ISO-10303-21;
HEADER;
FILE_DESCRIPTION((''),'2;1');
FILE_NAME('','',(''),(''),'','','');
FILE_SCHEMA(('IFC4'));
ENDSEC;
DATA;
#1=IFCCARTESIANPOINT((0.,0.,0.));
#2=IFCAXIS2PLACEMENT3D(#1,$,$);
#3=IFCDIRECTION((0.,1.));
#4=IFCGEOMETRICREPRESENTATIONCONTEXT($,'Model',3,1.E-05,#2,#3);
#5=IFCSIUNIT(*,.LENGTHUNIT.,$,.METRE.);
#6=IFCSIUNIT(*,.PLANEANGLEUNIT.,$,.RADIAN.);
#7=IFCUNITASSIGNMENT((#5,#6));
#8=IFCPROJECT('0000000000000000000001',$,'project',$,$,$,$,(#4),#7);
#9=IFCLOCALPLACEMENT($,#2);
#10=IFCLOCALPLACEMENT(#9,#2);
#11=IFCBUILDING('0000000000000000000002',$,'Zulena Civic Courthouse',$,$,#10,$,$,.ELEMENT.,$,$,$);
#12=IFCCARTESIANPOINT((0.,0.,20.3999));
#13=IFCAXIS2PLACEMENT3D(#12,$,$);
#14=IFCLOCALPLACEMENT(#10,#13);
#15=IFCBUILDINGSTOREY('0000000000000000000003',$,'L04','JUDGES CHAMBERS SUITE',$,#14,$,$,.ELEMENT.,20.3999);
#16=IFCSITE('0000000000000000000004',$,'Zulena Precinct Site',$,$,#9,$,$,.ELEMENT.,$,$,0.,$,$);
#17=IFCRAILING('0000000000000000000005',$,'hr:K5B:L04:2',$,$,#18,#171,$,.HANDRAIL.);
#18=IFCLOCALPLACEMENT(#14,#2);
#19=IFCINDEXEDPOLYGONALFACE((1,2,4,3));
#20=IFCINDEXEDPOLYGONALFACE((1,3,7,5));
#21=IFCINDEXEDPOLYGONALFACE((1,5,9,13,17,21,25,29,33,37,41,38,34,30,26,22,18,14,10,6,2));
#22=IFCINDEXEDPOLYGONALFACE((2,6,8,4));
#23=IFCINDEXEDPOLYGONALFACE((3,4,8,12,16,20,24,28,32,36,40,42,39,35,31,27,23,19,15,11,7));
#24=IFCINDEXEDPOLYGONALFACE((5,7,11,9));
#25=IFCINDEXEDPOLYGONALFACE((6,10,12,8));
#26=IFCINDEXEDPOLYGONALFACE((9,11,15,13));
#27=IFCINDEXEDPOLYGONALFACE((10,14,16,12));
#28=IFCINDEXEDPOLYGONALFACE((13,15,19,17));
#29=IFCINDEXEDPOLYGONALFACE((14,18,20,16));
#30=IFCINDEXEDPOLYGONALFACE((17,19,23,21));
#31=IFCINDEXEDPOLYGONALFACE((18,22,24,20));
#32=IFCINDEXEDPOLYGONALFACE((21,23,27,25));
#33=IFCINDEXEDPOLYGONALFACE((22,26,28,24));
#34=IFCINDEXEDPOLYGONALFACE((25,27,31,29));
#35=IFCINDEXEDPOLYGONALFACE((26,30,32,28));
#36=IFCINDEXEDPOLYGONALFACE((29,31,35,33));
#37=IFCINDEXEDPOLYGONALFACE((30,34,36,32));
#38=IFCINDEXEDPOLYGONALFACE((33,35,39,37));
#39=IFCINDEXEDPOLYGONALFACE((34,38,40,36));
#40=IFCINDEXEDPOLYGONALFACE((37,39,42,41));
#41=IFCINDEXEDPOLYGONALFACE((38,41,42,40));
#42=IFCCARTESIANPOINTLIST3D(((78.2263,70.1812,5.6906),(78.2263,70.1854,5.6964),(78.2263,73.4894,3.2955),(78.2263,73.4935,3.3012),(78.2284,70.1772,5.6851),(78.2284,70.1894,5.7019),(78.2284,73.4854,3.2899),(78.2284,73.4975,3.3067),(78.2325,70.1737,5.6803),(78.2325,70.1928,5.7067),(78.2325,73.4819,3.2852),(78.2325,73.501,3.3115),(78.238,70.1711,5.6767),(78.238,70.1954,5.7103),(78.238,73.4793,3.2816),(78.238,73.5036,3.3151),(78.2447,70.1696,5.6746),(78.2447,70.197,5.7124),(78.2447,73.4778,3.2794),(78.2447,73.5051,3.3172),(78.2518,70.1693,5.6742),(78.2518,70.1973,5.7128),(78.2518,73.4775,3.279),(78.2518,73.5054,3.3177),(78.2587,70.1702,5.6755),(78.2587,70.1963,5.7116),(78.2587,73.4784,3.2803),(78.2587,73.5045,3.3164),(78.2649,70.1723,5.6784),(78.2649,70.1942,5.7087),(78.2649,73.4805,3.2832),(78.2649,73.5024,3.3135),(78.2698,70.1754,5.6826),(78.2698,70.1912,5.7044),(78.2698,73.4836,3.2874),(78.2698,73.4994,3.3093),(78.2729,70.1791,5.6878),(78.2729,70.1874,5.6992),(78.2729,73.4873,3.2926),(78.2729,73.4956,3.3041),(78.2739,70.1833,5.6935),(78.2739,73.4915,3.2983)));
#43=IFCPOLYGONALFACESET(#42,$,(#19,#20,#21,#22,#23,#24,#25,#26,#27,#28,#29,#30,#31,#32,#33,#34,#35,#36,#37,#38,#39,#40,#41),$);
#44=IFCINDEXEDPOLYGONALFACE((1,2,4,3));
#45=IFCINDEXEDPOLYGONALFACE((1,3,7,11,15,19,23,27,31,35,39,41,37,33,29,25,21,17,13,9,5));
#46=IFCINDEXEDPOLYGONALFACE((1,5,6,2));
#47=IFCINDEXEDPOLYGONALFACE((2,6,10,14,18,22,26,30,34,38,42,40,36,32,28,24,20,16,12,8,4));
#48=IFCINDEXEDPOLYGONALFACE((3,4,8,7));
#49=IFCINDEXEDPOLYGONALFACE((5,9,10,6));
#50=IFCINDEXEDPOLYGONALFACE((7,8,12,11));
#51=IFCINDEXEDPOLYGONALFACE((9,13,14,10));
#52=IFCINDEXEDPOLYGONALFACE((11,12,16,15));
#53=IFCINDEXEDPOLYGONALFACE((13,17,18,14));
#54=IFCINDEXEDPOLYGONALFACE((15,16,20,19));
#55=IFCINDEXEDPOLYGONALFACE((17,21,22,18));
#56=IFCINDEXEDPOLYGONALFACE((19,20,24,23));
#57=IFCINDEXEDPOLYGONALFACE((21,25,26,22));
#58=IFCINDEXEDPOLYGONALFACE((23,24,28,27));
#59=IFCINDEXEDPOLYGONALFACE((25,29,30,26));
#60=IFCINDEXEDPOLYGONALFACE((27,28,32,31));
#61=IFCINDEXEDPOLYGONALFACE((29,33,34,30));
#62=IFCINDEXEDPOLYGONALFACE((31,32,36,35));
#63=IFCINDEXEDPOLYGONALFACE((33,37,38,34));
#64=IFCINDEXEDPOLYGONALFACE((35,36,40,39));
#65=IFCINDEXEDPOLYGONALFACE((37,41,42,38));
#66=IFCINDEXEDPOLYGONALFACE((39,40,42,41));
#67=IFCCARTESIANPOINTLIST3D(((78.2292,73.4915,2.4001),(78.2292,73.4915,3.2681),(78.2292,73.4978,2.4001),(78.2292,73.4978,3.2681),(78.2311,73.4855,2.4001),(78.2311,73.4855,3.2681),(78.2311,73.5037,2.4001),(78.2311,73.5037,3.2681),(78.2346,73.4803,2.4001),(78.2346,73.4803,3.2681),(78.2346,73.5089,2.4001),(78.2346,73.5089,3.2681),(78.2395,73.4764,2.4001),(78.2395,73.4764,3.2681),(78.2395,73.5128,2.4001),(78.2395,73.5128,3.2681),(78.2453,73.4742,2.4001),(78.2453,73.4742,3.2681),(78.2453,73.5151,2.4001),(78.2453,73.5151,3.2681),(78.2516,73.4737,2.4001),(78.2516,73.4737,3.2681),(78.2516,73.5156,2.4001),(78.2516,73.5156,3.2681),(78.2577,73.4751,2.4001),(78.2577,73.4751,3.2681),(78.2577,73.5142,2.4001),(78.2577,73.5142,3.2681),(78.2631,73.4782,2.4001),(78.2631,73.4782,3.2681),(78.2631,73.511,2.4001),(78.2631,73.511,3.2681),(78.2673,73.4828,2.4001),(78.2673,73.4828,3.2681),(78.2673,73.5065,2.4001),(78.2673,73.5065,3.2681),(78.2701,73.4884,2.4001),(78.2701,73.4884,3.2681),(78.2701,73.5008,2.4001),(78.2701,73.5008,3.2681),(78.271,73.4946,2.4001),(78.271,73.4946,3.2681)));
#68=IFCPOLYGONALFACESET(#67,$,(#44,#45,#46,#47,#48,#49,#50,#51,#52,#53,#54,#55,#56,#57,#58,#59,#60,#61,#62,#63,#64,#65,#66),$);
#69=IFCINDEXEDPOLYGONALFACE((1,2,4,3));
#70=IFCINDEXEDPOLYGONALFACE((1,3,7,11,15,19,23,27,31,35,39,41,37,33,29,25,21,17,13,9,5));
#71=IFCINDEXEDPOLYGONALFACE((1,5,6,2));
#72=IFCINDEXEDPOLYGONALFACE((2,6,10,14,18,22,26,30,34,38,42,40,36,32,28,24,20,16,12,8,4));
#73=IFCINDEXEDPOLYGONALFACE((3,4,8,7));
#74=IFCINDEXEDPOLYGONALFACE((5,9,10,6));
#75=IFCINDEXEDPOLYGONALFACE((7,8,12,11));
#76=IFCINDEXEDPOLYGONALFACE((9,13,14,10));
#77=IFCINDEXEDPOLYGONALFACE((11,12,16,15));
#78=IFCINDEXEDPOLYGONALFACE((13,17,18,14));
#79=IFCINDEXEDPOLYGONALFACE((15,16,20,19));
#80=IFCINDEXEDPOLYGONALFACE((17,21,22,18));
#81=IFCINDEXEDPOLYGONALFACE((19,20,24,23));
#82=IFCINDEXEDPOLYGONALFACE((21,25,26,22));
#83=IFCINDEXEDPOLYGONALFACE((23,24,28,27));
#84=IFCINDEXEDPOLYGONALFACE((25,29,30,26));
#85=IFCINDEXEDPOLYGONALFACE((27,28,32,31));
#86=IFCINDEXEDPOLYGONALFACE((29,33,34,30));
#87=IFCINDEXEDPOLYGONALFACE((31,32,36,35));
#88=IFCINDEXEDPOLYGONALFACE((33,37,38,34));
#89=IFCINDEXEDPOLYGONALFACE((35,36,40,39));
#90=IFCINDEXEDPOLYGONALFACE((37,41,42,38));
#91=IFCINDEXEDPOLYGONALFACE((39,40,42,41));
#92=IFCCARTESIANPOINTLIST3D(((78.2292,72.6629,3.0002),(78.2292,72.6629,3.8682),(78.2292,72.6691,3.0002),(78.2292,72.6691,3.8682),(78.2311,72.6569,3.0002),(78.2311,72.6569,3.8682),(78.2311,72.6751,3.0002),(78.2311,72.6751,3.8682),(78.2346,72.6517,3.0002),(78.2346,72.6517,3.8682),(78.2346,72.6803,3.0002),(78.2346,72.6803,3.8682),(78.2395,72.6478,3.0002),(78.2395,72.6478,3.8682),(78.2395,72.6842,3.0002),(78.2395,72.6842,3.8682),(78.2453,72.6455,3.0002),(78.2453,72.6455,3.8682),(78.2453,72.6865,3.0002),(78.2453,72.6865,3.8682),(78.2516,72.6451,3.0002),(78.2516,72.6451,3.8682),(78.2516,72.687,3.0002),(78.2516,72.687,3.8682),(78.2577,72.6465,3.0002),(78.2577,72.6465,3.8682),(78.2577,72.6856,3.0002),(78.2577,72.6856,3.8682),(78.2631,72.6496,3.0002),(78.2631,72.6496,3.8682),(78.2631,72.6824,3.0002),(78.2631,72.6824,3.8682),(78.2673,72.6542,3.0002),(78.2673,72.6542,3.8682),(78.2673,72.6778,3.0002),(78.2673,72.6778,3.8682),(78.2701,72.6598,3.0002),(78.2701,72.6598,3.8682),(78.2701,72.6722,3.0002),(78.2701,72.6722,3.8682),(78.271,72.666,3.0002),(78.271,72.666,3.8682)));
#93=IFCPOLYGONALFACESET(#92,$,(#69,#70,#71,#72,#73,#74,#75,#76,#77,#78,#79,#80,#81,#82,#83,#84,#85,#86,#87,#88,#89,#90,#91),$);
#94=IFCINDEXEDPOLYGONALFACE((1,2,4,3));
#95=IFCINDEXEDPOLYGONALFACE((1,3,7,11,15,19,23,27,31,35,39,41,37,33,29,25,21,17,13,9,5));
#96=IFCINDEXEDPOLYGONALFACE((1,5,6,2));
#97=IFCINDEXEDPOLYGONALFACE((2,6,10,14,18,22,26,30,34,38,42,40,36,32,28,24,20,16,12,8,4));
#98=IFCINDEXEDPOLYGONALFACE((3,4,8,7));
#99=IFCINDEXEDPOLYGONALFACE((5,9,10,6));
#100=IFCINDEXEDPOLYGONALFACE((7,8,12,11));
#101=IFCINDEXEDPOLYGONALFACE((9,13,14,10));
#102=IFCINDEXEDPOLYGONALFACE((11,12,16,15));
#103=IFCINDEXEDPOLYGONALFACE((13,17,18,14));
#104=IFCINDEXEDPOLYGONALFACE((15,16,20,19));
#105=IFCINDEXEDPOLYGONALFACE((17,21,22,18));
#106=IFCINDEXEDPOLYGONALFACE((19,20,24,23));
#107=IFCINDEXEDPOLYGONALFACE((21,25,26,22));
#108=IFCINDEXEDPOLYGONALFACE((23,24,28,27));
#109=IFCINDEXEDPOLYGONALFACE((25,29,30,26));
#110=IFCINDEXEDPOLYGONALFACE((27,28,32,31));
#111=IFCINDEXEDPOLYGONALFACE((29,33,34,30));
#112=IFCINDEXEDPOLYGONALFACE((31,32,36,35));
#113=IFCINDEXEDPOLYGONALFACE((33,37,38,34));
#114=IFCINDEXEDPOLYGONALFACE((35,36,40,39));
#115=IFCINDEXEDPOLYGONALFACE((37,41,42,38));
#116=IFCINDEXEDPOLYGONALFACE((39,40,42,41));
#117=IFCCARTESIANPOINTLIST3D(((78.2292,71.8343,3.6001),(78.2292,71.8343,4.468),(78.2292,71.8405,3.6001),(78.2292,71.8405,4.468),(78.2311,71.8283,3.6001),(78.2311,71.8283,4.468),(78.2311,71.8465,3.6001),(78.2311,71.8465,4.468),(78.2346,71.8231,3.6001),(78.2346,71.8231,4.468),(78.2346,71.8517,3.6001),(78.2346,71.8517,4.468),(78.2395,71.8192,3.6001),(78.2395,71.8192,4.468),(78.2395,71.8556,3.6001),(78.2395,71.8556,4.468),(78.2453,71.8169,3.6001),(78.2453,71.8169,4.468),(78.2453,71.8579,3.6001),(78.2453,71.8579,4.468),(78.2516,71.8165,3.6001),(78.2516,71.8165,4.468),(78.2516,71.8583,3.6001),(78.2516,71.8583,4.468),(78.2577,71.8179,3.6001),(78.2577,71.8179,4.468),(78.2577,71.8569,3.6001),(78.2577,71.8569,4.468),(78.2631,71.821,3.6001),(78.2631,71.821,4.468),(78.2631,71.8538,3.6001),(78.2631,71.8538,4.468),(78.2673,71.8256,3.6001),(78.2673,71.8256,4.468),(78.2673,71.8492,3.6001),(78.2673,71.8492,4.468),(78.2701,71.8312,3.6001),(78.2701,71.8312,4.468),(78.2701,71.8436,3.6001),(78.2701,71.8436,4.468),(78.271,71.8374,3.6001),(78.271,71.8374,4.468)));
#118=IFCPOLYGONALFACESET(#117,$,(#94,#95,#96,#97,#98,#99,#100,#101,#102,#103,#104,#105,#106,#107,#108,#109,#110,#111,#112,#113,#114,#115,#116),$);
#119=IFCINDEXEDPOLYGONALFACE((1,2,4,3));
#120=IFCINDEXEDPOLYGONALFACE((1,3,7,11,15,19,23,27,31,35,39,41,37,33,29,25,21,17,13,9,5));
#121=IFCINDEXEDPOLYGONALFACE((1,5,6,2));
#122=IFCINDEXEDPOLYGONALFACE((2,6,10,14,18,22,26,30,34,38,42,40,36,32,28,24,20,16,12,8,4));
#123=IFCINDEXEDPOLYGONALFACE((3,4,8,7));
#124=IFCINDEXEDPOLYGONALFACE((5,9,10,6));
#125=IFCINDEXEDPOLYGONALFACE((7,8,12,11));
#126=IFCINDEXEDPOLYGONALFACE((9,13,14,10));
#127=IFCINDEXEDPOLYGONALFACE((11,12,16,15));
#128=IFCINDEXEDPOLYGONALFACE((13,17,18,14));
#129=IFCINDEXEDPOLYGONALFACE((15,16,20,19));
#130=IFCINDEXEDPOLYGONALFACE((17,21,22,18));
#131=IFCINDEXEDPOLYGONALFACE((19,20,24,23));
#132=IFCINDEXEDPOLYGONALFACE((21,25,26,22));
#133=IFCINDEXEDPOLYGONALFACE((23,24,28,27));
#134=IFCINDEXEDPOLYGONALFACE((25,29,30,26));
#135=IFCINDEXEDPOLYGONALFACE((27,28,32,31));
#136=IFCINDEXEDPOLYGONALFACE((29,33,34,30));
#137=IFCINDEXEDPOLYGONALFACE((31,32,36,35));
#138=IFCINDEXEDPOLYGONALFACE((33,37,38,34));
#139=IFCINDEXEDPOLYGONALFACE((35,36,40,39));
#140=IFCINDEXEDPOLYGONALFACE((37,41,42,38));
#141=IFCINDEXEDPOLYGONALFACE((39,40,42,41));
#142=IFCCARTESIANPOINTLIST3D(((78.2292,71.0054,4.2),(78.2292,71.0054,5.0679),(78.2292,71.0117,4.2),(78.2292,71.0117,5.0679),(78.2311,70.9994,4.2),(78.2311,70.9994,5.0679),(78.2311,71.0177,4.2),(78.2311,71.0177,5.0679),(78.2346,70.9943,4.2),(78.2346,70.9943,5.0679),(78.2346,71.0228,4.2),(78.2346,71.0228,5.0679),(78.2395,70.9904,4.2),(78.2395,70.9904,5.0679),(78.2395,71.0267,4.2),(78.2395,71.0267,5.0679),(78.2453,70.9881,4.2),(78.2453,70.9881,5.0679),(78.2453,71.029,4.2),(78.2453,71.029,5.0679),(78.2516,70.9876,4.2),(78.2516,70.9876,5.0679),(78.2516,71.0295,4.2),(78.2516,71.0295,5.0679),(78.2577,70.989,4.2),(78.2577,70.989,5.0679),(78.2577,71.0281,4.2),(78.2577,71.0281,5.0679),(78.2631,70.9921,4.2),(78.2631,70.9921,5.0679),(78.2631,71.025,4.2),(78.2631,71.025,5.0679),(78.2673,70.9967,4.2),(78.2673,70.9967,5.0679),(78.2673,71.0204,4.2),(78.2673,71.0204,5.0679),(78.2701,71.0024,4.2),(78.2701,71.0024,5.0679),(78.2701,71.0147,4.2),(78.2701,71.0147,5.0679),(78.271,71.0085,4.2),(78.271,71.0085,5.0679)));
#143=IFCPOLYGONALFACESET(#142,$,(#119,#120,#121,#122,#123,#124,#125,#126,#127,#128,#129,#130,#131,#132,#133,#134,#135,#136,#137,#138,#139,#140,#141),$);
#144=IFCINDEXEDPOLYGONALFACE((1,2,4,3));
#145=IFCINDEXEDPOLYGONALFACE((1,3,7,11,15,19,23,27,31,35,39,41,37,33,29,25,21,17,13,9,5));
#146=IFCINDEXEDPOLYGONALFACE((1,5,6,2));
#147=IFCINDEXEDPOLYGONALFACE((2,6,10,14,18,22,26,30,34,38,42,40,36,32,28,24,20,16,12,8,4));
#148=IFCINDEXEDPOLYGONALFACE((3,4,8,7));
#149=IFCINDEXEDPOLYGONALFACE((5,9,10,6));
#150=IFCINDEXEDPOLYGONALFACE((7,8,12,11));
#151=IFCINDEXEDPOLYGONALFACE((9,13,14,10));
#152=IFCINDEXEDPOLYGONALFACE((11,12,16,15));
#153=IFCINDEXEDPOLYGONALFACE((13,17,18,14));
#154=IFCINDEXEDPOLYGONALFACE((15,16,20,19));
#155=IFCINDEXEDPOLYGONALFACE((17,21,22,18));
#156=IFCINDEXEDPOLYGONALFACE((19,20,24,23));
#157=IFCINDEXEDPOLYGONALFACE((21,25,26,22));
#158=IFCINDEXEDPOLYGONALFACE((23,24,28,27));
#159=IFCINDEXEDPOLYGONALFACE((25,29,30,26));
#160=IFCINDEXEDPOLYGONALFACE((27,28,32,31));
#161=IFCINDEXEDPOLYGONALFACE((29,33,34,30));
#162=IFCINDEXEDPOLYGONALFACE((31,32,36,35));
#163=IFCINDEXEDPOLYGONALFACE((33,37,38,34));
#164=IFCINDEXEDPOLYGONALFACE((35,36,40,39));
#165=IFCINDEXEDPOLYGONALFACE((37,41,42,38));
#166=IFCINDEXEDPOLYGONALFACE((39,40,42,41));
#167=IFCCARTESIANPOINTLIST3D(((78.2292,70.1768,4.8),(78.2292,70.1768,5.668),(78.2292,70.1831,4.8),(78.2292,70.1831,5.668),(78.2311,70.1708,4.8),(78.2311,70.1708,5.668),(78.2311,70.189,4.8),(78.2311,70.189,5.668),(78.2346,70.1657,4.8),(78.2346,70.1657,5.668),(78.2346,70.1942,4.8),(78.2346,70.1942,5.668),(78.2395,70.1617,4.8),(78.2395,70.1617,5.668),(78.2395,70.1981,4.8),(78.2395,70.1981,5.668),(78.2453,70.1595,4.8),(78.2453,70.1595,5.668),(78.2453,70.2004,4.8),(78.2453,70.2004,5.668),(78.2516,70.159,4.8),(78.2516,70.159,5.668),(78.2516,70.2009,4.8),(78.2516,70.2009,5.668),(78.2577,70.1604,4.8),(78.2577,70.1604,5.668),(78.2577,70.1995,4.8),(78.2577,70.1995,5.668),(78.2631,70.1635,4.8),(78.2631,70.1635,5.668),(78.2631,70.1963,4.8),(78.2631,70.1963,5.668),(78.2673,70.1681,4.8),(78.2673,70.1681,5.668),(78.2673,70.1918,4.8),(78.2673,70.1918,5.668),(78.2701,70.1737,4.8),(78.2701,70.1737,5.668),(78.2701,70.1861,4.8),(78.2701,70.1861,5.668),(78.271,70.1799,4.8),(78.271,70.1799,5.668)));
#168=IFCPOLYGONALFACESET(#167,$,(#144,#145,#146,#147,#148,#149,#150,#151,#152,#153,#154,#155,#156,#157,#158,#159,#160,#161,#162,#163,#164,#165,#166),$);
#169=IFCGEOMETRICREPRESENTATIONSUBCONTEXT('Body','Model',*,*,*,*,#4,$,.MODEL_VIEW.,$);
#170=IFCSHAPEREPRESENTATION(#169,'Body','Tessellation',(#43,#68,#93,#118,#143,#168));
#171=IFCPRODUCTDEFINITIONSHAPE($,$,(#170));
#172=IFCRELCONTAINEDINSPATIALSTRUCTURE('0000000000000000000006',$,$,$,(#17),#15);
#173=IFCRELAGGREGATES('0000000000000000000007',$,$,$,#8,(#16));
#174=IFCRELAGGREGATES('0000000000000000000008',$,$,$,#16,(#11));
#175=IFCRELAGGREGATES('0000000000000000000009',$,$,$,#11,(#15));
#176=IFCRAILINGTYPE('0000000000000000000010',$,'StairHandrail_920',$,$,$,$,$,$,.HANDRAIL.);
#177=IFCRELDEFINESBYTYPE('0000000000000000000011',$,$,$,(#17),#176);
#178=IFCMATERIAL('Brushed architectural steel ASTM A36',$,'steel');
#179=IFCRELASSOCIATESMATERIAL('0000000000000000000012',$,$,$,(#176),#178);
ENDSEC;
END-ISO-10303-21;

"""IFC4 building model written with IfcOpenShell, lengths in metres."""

from ifc_helpers import new_model, si_unit, direction, frame, origin, origin_2d, place, context, subcontext, project, spatial, circle, extrude, material, type_object, element, save


model = new_model("IFC4")

# Units and contexts
model_context = context("Model", 3, precision=1e-05, world=origin(), true_north=direction((0.0, 1.0)))
body_context = subcontext(model_context, "Body", "Model", "MODEL_VIEW")
ifc_project = project(units=[si_unit("LENGTHUNIT", "METRE"), si_unit("PLANEANGLEUNIT", "RADIAN")], contexts=[model_context])

# Site, building, storey
site_placement = place(None, origin())
site = spatial("IfcSite", under=ifc_project, at=site_placement, Name="Zulena Precinct Site", CompositionType="ELEMENT", RefElevation=0.0)
building_placement = place(site_placement, origin())
building = spatial("IfcBuilding", under=site, at=building_placement, Name="Zulena Civic Courthouse", CompositionType="ELEMENT")
storey_placement = place(building_placement, frame((0.0, 0.0, 20.3999)))
storey = spatial("IfcBuildingStorey", under=building, at=storey_placement, Name="L04", Description="JUDGES CHAMBERS SUITE", CompositionType="ELEMENT", Elevation=20.3999)

# Shared definitions
ifc_material_1 = material(Name="Brushed architectural steel ASTM A36", Category="steel")

# Railing
railing_type_1 = type_object("IfcRailingType", Name="StairHandrail_920", PredefinedType="HANDRAIL", material=ifc_material_1)
railing_1_placement = place(storey_placement, frame((78.25, 73.4946, 2.4001)))
element("IfcRailing", 1, at=railing_1_placement, inside=storey, type_object=railing_type_1, Name="hr:K5B:L04:2", PredefinedType="HANDRAIL", context=body_context, shape_type="SweptSolid", body=[
    extrude(circle(Radius=0.0239, at=origin_2d()), frame((0.0, -0.0032, 0.8982), z_axis=(0.0, -0.809988, 0.586446), x_axis=(1.0, 0.0, 0.0)), (0.0, 0.0, 1.0), 4.0842),
    extrude(circle(Radius=0.021, at=origin_2d()), origin(), (0.0, 0.0, 1.0), 0.8679),
    extrude(circle(Radius=0.021, at=origin_2d()), frame((0.0, -0.8286, 0.6001)), (0.0, 0.0, 1.0), 0.8679),
    extrude(circle(Radius=0.021, at=origin_2d()), frame((0.0, -1.6572, 1.2)), (0.0, 0.0, 1.0), 0.8679),
    extrude(circle(Radius=0.021, at=origin_2d()), frame((0.0, -2.4861, 1.7998)), (0.0, 0.0, 1.0), 0.8679),
    extrude(circle(Radius=0.021, at=origin_2d()), frame((0.0, -3.3147, 2.3999)), (0.0, 0.0, 1.0), 0.8679),
])

save(model, "model.ifc")
